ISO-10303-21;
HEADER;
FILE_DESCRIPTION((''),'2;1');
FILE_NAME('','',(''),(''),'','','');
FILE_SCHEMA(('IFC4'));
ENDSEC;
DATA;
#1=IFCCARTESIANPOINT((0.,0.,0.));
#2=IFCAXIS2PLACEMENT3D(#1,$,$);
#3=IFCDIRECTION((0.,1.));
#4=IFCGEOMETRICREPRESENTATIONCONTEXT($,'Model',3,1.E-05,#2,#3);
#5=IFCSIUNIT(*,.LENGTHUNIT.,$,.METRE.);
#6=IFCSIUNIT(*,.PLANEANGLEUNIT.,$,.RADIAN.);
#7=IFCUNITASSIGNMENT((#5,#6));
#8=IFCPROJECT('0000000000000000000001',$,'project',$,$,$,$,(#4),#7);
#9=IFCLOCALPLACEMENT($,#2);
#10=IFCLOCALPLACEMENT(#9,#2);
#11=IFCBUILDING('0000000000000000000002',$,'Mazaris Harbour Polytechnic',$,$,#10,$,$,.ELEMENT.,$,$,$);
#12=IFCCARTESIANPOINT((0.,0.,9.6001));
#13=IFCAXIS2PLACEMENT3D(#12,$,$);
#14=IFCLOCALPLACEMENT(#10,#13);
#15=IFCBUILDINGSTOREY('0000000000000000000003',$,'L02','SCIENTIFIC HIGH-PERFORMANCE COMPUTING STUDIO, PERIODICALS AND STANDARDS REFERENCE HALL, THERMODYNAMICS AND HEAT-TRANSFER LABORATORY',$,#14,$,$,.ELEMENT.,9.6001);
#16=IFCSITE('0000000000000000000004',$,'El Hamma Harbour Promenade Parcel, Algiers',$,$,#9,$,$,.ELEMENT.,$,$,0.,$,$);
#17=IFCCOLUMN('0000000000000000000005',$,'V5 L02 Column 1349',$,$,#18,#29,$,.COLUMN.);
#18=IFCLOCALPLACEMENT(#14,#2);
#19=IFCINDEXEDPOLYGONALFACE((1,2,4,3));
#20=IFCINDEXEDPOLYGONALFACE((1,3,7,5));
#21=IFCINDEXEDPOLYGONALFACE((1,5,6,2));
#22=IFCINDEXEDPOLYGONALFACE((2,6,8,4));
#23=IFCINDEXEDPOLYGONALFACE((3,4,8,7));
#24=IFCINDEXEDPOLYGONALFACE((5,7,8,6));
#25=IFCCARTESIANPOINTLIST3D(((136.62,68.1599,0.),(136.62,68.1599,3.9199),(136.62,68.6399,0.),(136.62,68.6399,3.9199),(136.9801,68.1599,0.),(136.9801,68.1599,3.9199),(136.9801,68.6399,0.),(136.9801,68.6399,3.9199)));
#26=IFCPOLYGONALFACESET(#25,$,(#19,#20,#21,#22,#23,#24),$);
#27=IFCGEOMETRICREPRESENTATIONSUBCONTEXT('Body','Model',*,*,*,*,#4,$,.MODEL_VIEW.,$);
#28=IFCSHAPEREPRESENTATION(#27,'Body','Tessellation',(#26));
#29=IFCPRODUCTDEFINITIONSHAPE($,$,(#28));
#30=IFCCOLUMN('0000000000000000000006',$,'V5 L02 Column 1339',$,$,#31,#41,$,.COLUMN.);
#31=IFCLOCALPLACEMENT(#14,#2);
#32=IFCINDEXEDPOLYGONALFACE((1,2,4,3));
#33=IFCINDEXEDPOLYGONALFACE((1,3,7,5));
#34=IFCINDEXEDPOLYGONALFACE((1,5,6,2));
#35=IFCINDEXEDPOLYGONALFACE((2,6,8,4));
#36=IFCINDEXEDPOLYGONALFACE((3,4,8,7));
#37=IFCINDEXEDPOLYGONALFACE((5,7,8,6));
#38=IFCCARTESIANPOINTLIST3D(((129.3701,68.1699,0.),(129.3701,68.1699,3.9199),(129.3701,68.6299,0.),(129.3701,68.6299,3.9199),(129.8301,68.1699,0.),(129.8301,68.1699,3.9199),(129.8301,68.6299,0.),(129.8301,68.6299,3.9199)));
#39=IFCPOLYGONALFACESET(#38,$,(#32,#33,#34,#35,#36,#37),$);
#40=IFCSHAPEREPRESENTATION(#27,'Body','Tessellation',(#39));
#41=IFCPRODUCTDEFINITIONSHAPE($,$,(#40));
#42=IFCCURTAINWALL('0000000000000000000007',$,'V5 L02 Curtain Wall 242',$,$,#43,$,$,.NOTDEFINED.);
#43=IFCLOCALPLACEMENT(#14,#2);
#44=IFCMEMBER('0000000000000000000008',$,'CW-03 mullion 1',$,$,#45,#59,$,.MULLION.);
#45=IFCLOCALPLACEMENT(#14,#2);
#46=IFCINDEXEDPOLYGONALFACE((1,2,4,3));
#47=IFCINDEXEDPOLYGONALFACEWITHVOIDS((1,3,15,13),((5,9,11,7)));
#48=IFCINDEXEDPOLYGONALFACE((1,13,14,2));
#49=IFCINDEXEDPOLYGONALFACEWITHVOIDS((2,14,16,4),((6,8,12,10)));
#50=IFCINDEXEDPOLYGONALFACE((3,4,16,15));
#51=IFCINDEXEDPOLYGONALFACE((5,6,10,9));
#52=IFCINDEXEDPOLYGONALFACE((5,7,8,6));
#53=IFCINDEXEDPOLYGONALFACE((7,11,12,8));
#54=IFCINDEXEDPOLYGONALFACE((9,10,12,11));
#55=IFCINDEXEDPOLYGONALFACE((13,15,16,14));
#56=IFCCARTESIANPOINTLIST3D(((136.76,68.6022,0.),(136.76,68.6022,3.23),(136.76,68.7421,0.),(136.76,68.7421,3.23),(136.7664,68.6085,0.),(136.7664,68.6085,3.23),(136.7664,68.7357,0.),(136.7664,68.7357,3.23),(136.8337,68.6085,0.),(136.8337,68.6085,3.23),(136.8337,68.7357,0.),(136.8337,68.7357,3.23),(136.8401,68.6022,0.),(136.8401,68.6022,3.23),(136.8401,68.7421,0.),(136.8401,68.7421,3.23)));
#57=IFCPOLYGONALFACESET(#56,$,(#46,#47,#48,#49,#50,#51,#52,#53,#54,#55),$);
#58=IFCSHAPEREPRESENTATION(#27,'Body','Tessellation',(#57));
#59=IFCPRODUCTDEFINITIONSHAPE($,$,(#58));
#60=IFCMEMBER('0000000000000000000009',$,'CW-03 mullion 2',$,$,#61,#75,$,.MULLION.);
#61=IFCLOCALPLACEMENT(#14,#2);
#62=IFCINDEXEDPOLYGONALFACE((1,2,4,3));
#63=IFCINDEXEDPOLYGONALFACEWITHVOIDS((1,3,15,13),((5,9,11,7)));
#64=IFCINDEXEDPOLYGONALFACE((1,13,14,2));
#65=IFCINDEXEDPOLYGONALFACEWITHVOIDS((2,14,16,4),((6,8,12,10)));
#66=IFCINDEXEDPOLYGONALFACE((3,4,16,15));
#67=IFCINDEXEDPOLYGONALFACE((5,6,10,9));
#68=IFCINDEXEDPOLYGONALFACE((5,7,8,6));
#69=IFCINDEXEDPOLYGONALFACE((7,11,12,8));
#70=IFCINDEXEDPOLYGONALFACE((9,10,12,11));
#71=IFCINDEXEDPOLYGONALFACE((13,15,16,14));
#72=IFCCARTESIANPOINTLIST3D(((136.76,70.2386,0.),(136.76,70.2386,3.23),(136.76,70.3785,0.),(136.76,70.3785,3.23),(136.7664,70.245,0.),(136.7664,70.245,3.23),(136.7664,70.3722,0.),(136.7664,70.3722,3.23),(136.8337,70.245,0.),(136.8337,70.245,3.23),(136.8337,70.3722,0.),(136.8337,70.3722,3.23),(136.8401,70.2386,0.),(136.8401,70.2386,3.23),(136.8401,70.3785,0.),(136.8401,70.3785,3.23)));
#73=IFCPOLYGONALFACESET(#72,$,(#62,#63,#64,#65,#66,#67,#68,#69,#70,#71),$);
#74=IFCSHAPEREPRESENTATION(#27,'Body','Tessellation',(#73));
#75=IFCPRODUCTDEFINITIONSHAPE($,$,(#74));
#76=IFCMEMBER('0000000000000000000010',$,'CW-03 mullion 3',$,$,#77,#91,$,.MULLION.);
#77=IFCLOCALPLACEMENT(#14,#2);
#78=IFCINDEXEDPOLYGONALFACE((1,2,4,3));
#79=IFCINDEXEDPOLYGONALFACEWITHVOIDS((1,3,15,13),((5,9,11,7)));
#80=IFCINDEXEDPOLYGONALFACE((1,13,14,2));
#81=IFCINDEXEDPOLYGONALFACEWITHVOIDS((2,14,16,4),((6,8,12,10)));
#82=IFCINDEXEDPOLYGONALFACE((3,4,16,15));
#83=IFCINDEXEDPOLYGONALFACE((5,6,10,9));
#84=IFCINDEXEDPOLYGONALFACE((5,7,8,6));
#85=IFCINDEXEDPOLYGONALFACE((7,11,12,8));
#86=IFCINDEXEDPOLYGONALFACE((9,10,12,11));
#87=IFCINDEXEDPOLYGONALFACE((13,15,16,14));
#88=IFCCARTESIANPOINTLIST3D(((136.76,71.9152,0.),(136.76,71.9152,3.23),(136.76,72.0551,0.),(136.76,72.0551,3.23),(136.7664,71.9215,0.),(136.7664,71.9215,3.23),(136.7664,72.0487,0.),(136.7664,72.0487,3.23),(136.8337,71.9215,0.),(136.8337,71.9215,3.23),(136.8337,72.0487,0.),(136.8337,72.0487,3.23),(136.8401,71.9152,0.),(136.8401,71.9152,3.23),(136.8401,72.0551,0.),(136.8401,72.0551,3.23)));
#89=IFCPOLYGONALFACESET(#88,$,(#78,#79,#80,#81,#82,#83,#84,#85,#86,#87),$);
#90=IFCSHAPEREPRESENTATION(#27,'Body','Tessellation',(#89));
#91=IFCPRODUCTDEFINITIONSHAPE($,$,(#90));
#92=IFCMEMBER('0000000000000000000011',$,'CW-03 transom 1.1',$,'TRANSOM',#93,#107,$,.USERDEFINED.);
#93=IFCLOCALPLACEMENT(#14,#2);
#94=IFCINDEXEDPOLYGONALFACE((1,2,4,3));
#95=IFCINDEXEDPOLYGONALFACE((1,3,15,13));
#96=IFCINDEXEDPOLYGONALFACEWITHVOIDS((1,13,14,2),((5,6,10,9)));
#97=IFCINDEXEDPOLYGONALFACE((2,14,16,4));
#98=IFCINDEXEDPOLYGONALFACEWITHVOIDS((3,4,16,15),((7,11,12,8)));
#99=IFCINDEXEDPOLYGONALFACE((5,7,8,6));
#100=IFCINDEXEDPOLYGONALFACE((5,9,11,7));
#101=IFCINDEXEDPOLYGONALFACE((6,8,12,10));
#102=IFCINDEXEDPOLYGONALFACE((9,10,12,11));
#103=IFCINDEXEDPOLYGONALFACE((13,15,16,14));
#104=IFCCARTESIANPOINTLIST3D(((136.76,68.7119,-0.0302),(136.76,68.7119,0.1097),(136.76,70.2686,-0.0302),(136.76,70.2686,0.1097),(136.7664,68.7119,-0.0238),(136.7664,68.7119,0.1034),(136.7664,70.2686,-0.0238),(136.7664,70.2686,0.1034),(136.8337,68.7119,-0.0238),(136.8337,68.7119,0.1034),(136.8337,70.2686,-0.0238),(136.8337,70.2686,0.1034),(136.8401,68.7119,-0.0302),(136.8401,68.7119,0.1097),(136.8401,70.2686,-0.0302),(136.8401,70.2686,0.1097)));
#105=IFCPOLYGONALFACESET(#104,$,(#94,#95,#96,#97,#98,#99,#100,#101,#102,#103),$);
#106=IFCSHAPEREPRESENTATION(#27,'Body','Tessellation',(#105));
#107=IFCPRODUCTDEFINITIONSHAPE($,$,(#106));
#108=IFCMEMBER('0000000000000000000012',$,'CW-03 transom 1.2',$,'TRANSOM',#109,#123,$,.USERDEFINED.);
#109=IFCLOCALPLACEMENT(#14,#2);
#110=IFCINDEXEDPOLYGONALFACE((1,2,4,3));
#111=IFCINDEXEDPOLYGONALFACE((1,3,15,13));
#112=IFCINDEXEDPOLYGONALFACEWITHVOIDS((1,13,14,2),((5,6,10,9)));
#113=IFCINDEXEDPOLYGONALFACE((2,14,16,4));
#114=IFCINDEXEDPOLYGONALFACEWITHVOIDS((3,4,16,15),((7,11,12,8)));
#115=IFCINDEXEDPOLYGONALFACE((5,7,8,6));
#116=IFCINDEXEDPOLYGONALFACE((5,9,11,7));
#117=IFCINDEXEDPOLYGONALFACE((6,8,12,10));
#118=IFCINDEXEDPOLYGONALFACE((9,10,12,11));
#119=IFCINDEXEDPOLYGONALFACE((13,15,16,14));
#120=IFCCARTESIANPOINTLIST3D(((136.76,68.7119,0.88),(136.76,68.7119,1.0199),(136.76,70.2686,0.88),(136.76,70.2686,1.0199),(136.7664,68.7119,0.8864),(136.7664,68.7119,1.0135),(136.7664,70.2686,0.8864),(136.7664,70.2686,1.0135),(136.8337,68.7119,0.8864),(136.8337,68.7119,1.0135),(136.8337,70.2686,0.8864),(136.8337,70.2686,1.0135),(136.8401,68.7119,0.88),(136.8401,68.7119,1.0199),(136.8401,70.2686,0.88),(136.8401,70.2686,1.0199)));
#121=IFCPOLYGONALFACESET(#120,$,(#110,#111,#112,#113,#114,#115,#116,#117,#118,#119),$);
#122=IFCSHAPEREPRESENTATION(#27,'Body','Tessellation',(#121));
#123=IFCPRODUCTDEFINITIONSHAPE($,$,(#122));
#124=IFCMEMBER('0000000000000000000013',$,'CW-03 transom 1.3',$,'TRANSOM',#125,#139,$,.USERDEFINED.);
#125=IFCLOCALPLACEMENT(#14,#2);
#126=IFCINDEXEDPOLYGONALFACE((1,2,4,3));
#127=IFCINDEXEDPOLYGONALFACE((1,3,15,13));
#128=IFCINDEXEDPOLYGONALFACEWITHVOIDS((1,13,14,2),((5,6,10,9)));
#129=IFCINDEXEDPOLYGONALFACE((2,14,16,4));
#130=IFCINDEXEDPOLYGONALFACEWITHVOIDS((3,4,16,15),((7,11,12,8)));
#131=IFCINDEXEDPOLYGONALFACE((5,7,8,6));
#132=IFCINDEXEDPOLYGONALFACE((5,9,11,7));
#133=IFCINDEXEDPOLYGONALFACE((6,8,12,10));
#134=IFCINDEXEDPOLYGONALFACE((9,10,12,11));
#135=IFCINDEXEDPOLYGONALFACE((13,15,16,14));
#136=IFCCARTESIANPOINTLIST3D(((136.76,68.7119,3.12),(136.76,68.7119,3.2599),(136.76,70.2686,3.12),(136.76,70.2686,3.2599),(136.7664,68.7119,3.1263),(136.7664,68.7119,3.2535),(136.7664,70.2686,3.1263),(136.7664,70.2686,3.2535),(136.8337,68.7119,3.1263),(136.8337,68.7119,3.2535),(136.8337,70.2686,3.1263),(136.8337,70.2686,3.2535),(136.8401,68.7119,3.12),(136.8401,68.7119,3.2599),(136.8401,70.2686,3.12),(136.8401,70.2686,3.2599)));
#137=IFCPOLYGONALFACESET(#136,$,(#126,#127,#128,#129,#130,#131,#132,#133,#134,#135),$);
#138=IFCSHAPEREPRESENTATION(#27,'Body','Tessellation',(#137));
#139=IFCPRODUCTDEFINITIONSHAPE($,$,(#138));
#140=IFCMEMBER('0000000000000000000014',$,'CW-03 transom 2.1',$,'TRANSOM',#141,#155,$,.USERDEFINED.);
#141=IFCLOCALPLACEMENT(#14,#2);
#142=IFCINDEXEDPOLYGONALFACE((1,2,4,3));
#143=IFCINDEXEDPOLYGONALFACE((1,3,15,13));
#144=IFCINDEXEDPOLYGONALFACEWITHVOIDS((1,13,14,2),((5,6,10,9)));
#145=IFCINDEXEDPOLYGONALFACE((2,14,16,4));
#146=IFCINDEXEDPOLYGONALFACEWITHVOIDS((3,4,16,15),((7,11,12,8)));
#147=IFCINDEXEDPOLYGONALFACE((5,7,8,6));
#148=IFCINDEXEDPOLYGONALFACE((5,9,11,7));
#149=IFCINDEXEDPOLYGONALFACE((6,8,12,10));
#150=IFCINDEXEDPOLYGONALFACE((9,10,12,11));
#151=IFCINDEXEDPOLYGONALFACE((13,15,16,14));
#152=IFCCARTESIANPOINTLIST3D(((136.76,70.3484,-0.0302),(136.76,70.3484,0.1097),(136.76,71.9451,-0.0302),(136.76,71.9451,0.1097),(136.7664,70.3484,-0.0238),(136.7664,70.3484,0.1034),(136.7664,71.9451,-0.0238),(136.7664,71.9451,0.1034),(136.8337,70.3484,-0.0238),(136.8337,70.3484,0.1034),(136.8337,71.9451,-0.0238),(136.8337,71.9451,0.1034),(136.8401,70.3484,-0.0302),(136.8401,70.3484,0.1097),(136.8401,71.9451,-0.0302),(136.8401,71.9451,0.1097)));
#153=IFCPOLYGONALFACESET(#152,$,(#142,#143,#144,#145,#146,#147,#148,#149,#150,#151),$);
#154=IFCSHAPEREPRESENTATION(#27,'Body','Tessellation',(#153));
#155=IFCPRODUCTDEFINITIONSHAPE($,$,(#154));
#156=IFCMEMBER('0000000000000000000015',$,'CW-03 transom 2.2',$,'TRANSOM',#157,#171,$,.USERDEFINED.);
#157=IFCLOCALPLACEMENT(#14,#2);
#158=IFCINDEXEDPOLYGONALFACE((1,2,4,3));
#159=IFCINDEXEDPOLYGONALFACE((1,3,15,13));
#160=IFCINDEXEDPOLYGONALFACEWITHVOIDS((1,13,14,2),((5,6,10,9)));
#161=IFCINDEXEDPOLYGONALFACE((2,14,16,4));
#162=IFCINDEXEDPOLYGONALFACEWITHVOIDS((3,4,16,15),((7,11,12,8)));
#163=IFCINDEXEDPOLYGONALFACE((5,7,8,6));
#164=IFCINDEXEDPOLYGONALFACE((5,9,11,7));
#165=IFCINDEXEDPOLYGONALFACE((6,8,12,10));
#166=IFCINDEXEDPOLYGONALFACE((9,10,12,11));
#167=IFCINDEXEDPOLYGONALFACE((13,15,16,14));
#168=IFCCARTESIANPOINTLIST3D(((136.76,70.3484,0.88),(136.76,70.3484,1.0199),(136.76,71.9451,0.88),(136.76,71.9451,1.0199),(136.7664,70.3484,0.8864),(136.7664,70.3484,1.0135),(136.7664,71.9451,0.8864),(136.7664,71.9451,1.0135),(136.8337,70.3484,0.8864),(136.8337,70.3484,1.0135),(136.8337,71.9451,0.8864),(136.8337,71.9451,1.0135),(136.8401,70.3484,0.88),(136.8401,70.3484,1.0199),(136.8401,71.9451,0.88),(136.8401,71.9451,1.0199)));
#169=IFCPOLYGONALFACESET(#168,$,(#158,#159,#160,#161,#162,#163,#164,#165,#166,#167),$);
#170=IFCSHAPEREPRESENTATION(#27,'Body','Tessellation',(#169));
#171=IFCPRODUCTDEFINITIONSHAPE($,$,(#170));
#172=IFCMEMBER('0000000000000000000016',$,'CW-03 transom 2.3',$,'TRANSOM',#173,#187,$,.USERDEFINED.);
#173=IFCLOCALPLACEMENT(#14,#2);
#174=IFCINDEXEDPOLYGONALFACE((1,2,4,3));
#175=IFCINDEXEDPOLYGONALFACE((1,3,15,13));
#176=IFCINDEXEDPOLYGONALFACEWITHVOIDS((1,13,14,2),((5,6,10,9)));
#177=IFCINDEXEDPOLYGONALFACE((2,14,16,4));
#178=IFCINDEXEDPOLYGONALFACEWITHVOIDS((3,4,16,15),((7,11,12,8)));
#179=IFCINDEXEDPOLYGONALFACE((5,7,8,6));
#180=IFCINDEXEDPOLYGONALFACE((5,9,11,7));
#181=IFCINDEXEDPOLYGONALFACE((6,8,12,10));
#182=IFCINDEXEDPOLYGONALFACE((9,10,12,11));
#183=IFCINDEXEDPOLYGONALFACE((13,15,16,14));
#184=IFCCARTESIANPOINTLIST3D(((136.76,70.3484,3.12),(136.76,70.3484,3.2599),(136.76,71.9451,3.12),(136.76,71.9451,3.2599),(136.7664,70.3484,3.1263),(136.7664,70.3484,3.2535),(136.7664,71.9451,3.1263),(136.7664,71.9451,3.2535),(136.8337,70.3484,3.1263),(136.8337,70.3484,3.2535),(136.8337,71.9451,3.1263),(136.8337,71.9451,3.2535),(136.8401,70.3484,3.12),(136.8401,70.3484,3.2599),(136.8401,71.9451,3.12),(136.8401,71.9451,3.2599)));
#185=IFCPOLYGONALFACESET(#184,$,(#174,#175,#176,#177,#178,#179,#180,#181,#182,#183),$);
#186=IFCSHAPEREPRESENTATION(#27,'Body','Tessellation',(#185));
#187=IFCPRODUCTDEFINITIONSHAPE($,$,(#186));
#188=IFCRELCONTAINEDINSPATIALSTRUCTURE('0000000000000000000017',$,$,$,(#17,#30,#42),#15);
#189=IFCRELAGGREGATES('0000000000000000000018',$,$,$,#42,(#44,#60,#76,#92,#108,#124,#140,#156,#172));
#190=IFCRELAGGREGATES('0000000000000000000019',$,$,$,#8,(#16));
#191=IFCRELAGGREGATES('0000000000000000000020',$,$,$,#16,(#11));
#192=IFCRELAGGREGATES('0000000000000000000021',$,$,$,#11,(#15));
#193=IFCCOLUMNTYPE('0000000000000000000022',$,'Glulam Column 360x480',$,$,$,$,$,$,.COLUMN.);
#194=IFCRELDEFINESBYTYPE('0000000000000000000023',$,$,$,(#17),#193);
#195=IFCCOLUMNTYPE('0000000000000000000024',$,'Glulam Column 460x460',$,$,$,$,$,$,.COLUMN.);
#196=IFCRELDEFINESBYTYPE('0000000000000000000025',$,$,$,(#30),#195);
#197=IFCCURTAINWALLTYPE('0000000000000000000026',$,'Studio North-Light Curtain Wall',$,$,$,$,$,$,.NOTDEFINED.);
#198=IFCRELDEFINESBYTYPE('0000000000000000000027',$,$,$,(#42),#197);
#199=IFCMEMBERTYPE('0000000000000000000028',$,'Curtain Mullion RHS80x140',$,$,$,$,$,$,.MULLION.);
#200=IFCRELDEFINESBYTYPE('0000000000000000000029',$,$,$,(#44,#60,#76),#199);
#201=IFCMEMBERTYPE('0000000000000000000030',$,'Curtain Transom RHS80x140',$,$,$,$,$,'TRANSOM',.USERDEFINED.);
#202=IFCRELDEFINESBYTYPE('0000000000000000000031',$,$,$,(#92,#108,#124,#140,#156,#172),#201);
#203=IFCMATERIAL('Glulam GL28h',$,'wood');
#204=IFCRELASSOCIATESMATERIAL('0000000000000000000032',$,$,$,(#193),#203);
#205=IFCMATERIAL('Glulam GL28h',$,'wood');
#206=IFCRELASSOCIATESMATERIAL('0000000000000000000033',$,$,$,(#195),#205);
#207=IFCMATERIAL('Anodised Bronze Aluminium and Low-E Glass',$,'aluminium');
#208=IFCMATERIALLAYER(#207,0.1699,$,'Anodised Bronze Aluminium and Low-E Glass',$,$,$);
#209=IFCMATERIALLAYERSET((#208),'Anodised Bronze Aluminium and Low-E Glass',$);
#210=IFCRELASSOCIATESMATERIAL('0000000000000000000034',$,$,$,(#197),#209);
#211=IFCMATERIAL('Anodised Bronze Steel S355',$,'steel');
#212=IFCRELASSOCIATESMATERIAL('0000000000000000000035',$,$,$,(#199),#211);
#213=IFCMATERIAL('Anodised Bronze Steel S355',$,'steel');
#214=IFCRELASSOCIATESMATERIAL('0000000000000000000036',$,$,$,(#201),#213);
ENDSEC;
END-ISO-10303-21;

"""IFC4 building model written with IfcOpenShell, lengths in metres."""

from ifc_helpers import new_model, si_unit, direction, frame, origin, origin_2d, place, context, subcontext, project, spatial, rectangle, hollow_rectangle, extrude, material, layer, layer_set, material_profile, profile_set, type_object, element, aggregate, save


model = new_model("IFC4")

# Units and contexts
model_context = context("Model", 3, precision=1e-05, world=origin(), true_north=direction((0.0, 1.0)))
body_context = subcontext(model_context, "Body", "Model", "MODEL_VIEW")
ifc_project = project(units=[si_unit("LENGTHUNIT", "METRE"), si_unit("PLANEANGLEUNIT", "RADIAN")], contexts=[model_context])

# Site, building, storey
site_placement = place(None, origin())
site = spatial("IfcSite", under=ifc_project, at=site_placement, Name="El Hamma Harbour Promenade Parcel, Algiers", CompositionType="ELEMENT", RefElevation=0.0)
building_placement = place(site_placement, origin())
building = spatial("IfcBuilding", under=site, at=building_placement, Name="Mazaris Harbour Polytechnic", CompositionType="ELEMENT")
storey_placement = place(building_placement, frame((0.0, 0.0, 9.6001)))
storey = spatial("IfcBuildingStorey", under=building, at=storey_placement, Name="L02", Description="SCIENTIFIC HIGH-PERFORMANCE COMPUTING STUDIO, PERIODICALS AND STANDARDS REFERENCE HALL, THERMODYNAMICS AND HEAT-TRANSFER LABORATORY", CompositionType="ELEMENT", Elevation=9.6001)

# Columns
ifc_material_1 = material(Name="Glulam GL28h", Category="wood")
ifc_material_profile_1 = material_profile(ifc_material_1, rectangle(XDim=0.3601, YDim=0.48, at=origin_2d()), Name="RECT360x480")
ifc_profile_set_1 = profile_set([ifc_material_profile_1], Name="Glulam GL28h")
column_type_1 = type_object("IfcColumnType", Name="Glulam Column 360x480", PredefinedType="COLUMN", material=ifc_profile_set_1)
column_1_placement = place(storey_placement, frame((136.8, 68.3999, 0.0), z_axis=(0.0, 0.0, 1.0), x_axis=(1.0, 0.0, 0.0)))
element("IfcColumn", 1, at=column_1_placement, inside=storey, type_object=column_type_1, Name="V5 L02 Column 1349", PredefinedType="COLUMN", context=body_context, shape_type="SweptSolid", body=[
    extrude(rectangle(XDim=0.3601, YDim=0.48, at=origin_2d()), origin(), (0.0, 0.0, 1.0), 3.9199),
])
ifc_material_2 = material(Name="Glulam GL28h", Category="wood")
ifc_material_profile_2 = material_profile(ifc_material_2, rectangle(XDim=0.46, YDim=0.46, at=origin_2d()), Name="RECT460x460")
ifc_profile_set_2 = profile_set([ifc_material_profile_2], Name="Glulam GL28h")
column_type_2 = type_object("IfcColumnType", Name="Glulam Column 460x460", PredefinedType="COLUMN", material=ifc_profile_set_2)
column_2_placement = place(storey_placement, frame((129.6001, 68.3999, 0.0), z_axis=(0.0, 0.0, 1.0), x_axis=(1.0, 0.0, 0.0)))
element("IfcColumn", 2, at=column_2_placement, inside=storey, type_object=column_type_2, Name="V5 L02 Column 1339", PredefinedType="COLUMN", context=body_context, shape_type="SweptSolid", body=[
    extrude(rectangle(XDim=0.46, YDim=0.46, at=origin_2d()), origin(), (0.0, 0.0, 1.0), 3.9199),
])

# Curtain wall, members
ifc_material_3 = material(Name="Anodised Bronze Aluminium and Low-E Glass", Category="aluminium")
ifc_layer_1 = layer(ifc_material_3, 0.1699, Name="Anodised Bronze Aluminium and Low-E Glass")
ifc_layer_set_1 = layer_set([ifc_layer_1], Name="Anodised Bronze Aluminium and Low-E Glass")
curtain_wall_type = type_object("IfcCurtainWallType", Name="Studio North-Light Curtain Wall", PredefinedType="NOTDEFINED", material=ifc_layer_set_1)
curtain_wall_placement = place(storey_placement, origin())
curtain_wall = element("IfcCurtainWall", 3, at=curtain_wall_placement, inside=storey, type_object=curtain_wall_type, Name="V5 L02 Curtain Wall 242", PredefinedType="NOTDEFINED")
ifc_material_4 = material(Name="Anodised Bronze Steel S355", Category="steel")
ifc_material_profile_3 = material_profile(ifc_material_4, hollow_rectangle(XDim=0.0801, YDim=0.1399, WallThickness=0.0063, at=origin_2d()), Name="RHS 80x140x6.3")
ifc_profile_set_3 = profile_set([ifc_material_profile_3], Name="Anodised Bronze Steel S355")
member_type_1 = type_object("IfcMemberType", Name="Curtain Mullion RHS80x140", PredefinedType="MULLION", material=ifc_profile_set_3)
member_1_placement = place(storey_placement, frame((136.8, 68.6721, 0.0), z_axis=(0.0, 0.0, 1.0), x_axis=(-1.0, 0.0, 0.0)))
member_1 = element("IfcMember", 4, at=member_1_placement, type_object=member_type_1, Name="CW-03 mullion 1", PredefinedType="MULLION", context=body_context, shape_type="SweptSolid", body=[
    extrude(hollow_rectangle(XDim=0.0801, YDim=0.1399, WallThickness=0.0063, at=origin_2d()), origin(), (0.0, 0.0, 1.0), 3.23),
])
member_2_placement = place(storey_placement, frame((136.8, 70.3086, 0.0), z_axis=(0.0, 0.0, 1.0), x_axis=(-1.0, 0.0, 0.0)))
member_2 = element("IfcMember", 5, at=member_2_placement, type_object=member_type_1, Name="CW-03 mullion 2", PredefinedType="MULLION", context=body_context, shape_type="SweptSolid", body=[
    extrude(hollow_rectangle(XDim=0.0801, YDim=0.1399, WallThickness=0.0063, at=origin_2d()), origin(), (0.0, 0.0, 1.0), 3.23),
])
member_3_placement = place(storey_placement, frame((136.8, 71.9851, 0.0), z_axis=(0.0, 0.0, 1.0), x_axis=(-1.0, 0.0, 0.0)))
member_3 = element("IfcMember", 6, at=member_3_placement, type_object=member_type_1, Name="CW-03 mullion 3", PredefinedType="MULLION", context=body_context, shape_type="SweptSolid", body=[
    extrude(hollow_rectangle(XDim=0.0801, YDim=0.1399, WallThickness=0.0063, at=origin_2d()), origin(), (0.0, 0.0, 1.0), 3.23),
])
ifc_material_5 = material(Name="Anodised Bronze Steel S355", Category="steel")
ifc_material_profile_4 = material_profile(ifc_material_5, hollow_rectangle(XDim=0.0801, YDim=0.1399, WallThickness=0.0063, at=origin_2d()), Name="RHS 80x140x6.3")
ifc_profile_set_4 = profile_set([ifc_material_profile_4], Name="Anodised Bronze Steel S355")
member_type_2 = type_object("IfcMemberType", Name="Curtain Transom RHS80x140", ElementType="TRANSOM", PredefinedType="USERDEFINED", material=ifc_profile_set_4)
member_4_placement = place(storey_placement, frame((136.8, 68.7119, 0.0398), z_axis=(0.0, 1.0, 0.0), x_axis=(-1.0, 0.0, 0.0)))
member_4 = element("IfcMember", 7, at=member_4_placement, type_object=member_type_2, Name="CW-03 transom 1.1", ObjectType="TRANSOM", PredefinedType="USERDEFINED", context=body_context, shape_type="SweptSolid", body=[
    extrude(hollow_rectangle(XDim=0.0801, YDim=0.1399, WallThickness=0.0063, at=origin_2d()), origin(), (0.0, 0.0, 1.0), 1.5566),
])
member_5_placement = place(storey_placement, frame((136.8, 68.7119, 0.95), z_axis=(0.0, 1.0, 0.0), x_axis=(-1.0, 0.0, 0.0)))
member_5 = element("IfcMember", 8, at=member_5_placement, type_object=member_type_2, Name="CW-03 transom 1.2", ObjectType="TRANSOM", PredefinedType="USERDEFINED", context=body_context, shape_type="SweptSolid", body=[
    extrude(hollow_rectangle(XDim=0.0801, YDim=0.1399, WallThickness=0.0063, at=origin_2d()), origin(), (0.0, 0.0, 1.0), 1.5566),
])
member_6_placement = place(storey_placement, frame((136.8, 68.7119, 3.1899), z_axis=(0.0, 1.0, 0.0), x_axis=(-1.0, 0.0, 0.0)))
member_6 = element("IfcMember", 9, at=member_6_placement, type_object=member_type_2, Name="CW-03 transom 1.3", ObjectType="TRANSOM", PredefinedType="USERDEFINED", context=body_context, shape_type="SweptSolid", body=[
    extrude(hollow_rectangle(XDim=0.0801, YDim=0.1399, WallThickness=0.0063, at=origin_2d()), origin(), (0.0, 0.0, 1.0), 1.5566),
])
member_7_placement = place(storey_placement, frame((136.8, 70.3484, 0.0398), z_axis=(0.0, 1.0, 0.0), x_axis=(-1.0, 0.0, 0.0)))
member_7 = element("IfcMember", 10, at=member_7_placement, type_object=member_type_2, Name="CW-03 transom 2.1", ObjectType="TRANSOM", PredefinedType="USERDEFINED", context=body_context, shape_type="SweptSolid", body=[
    extrude(hollow_rectangle(XDim=0.0801, YDim=0.1399, WallThickness=0.0063, at=origin_2d()), origin(), (0.0, 0.0, 1.0), 1.5967),
])
member_8_placement = place(storey_placement, frame((136.8, 70.3484, 0.95), z_axis=(0.0, 1.0, 0.0), x_axis=(-1.0, 0.0, 0.0)))
member_8 = element("IfcMember", 11, at=member_8_placement, type_object=member_type_2, Name="CW-03 transom 2.2", ObjectType="TRANSOM", PredefinedType="USERDEFINED", context=body_context, shape_type="SweptSolid", body=[
    extrude(hollow_rectangle(XDim=0.0801, YDim=0.1399, WallThickness=0.0063, at=origin_2d()), origin(), (0.0, 0.0, 1.0), 1.5967),
])
member_9_placement = place(storey_placement, frame((136.8, 70.3484, 3.1899), z_axis=(0.0, 1.0, 0.0), x_axis=(-1.0, 0.0, 0.0)))
member_9 = element("IfcMember", 12, at=member_9_placement, type_object=member_type_2, Name="CW-03 transom 2.3", ObjectType="TRANSOM", PredefinedType="USERDEFINED", context=body_context, shape_type="SweptSolid", body=[
    extrude(hollow_rectangle(XDim=0.0801, YDim=0.1399, WallThickness=0.0063, at=origin_2d()), origin(), (0.0, 0.0, 1.0), 1.5967),
])

aggregate(curtain_wall, [member_1, member_2, member_3, member_4, member_5, member_6, member_7, member_8, member_9])

save(model, "model.ifc")
